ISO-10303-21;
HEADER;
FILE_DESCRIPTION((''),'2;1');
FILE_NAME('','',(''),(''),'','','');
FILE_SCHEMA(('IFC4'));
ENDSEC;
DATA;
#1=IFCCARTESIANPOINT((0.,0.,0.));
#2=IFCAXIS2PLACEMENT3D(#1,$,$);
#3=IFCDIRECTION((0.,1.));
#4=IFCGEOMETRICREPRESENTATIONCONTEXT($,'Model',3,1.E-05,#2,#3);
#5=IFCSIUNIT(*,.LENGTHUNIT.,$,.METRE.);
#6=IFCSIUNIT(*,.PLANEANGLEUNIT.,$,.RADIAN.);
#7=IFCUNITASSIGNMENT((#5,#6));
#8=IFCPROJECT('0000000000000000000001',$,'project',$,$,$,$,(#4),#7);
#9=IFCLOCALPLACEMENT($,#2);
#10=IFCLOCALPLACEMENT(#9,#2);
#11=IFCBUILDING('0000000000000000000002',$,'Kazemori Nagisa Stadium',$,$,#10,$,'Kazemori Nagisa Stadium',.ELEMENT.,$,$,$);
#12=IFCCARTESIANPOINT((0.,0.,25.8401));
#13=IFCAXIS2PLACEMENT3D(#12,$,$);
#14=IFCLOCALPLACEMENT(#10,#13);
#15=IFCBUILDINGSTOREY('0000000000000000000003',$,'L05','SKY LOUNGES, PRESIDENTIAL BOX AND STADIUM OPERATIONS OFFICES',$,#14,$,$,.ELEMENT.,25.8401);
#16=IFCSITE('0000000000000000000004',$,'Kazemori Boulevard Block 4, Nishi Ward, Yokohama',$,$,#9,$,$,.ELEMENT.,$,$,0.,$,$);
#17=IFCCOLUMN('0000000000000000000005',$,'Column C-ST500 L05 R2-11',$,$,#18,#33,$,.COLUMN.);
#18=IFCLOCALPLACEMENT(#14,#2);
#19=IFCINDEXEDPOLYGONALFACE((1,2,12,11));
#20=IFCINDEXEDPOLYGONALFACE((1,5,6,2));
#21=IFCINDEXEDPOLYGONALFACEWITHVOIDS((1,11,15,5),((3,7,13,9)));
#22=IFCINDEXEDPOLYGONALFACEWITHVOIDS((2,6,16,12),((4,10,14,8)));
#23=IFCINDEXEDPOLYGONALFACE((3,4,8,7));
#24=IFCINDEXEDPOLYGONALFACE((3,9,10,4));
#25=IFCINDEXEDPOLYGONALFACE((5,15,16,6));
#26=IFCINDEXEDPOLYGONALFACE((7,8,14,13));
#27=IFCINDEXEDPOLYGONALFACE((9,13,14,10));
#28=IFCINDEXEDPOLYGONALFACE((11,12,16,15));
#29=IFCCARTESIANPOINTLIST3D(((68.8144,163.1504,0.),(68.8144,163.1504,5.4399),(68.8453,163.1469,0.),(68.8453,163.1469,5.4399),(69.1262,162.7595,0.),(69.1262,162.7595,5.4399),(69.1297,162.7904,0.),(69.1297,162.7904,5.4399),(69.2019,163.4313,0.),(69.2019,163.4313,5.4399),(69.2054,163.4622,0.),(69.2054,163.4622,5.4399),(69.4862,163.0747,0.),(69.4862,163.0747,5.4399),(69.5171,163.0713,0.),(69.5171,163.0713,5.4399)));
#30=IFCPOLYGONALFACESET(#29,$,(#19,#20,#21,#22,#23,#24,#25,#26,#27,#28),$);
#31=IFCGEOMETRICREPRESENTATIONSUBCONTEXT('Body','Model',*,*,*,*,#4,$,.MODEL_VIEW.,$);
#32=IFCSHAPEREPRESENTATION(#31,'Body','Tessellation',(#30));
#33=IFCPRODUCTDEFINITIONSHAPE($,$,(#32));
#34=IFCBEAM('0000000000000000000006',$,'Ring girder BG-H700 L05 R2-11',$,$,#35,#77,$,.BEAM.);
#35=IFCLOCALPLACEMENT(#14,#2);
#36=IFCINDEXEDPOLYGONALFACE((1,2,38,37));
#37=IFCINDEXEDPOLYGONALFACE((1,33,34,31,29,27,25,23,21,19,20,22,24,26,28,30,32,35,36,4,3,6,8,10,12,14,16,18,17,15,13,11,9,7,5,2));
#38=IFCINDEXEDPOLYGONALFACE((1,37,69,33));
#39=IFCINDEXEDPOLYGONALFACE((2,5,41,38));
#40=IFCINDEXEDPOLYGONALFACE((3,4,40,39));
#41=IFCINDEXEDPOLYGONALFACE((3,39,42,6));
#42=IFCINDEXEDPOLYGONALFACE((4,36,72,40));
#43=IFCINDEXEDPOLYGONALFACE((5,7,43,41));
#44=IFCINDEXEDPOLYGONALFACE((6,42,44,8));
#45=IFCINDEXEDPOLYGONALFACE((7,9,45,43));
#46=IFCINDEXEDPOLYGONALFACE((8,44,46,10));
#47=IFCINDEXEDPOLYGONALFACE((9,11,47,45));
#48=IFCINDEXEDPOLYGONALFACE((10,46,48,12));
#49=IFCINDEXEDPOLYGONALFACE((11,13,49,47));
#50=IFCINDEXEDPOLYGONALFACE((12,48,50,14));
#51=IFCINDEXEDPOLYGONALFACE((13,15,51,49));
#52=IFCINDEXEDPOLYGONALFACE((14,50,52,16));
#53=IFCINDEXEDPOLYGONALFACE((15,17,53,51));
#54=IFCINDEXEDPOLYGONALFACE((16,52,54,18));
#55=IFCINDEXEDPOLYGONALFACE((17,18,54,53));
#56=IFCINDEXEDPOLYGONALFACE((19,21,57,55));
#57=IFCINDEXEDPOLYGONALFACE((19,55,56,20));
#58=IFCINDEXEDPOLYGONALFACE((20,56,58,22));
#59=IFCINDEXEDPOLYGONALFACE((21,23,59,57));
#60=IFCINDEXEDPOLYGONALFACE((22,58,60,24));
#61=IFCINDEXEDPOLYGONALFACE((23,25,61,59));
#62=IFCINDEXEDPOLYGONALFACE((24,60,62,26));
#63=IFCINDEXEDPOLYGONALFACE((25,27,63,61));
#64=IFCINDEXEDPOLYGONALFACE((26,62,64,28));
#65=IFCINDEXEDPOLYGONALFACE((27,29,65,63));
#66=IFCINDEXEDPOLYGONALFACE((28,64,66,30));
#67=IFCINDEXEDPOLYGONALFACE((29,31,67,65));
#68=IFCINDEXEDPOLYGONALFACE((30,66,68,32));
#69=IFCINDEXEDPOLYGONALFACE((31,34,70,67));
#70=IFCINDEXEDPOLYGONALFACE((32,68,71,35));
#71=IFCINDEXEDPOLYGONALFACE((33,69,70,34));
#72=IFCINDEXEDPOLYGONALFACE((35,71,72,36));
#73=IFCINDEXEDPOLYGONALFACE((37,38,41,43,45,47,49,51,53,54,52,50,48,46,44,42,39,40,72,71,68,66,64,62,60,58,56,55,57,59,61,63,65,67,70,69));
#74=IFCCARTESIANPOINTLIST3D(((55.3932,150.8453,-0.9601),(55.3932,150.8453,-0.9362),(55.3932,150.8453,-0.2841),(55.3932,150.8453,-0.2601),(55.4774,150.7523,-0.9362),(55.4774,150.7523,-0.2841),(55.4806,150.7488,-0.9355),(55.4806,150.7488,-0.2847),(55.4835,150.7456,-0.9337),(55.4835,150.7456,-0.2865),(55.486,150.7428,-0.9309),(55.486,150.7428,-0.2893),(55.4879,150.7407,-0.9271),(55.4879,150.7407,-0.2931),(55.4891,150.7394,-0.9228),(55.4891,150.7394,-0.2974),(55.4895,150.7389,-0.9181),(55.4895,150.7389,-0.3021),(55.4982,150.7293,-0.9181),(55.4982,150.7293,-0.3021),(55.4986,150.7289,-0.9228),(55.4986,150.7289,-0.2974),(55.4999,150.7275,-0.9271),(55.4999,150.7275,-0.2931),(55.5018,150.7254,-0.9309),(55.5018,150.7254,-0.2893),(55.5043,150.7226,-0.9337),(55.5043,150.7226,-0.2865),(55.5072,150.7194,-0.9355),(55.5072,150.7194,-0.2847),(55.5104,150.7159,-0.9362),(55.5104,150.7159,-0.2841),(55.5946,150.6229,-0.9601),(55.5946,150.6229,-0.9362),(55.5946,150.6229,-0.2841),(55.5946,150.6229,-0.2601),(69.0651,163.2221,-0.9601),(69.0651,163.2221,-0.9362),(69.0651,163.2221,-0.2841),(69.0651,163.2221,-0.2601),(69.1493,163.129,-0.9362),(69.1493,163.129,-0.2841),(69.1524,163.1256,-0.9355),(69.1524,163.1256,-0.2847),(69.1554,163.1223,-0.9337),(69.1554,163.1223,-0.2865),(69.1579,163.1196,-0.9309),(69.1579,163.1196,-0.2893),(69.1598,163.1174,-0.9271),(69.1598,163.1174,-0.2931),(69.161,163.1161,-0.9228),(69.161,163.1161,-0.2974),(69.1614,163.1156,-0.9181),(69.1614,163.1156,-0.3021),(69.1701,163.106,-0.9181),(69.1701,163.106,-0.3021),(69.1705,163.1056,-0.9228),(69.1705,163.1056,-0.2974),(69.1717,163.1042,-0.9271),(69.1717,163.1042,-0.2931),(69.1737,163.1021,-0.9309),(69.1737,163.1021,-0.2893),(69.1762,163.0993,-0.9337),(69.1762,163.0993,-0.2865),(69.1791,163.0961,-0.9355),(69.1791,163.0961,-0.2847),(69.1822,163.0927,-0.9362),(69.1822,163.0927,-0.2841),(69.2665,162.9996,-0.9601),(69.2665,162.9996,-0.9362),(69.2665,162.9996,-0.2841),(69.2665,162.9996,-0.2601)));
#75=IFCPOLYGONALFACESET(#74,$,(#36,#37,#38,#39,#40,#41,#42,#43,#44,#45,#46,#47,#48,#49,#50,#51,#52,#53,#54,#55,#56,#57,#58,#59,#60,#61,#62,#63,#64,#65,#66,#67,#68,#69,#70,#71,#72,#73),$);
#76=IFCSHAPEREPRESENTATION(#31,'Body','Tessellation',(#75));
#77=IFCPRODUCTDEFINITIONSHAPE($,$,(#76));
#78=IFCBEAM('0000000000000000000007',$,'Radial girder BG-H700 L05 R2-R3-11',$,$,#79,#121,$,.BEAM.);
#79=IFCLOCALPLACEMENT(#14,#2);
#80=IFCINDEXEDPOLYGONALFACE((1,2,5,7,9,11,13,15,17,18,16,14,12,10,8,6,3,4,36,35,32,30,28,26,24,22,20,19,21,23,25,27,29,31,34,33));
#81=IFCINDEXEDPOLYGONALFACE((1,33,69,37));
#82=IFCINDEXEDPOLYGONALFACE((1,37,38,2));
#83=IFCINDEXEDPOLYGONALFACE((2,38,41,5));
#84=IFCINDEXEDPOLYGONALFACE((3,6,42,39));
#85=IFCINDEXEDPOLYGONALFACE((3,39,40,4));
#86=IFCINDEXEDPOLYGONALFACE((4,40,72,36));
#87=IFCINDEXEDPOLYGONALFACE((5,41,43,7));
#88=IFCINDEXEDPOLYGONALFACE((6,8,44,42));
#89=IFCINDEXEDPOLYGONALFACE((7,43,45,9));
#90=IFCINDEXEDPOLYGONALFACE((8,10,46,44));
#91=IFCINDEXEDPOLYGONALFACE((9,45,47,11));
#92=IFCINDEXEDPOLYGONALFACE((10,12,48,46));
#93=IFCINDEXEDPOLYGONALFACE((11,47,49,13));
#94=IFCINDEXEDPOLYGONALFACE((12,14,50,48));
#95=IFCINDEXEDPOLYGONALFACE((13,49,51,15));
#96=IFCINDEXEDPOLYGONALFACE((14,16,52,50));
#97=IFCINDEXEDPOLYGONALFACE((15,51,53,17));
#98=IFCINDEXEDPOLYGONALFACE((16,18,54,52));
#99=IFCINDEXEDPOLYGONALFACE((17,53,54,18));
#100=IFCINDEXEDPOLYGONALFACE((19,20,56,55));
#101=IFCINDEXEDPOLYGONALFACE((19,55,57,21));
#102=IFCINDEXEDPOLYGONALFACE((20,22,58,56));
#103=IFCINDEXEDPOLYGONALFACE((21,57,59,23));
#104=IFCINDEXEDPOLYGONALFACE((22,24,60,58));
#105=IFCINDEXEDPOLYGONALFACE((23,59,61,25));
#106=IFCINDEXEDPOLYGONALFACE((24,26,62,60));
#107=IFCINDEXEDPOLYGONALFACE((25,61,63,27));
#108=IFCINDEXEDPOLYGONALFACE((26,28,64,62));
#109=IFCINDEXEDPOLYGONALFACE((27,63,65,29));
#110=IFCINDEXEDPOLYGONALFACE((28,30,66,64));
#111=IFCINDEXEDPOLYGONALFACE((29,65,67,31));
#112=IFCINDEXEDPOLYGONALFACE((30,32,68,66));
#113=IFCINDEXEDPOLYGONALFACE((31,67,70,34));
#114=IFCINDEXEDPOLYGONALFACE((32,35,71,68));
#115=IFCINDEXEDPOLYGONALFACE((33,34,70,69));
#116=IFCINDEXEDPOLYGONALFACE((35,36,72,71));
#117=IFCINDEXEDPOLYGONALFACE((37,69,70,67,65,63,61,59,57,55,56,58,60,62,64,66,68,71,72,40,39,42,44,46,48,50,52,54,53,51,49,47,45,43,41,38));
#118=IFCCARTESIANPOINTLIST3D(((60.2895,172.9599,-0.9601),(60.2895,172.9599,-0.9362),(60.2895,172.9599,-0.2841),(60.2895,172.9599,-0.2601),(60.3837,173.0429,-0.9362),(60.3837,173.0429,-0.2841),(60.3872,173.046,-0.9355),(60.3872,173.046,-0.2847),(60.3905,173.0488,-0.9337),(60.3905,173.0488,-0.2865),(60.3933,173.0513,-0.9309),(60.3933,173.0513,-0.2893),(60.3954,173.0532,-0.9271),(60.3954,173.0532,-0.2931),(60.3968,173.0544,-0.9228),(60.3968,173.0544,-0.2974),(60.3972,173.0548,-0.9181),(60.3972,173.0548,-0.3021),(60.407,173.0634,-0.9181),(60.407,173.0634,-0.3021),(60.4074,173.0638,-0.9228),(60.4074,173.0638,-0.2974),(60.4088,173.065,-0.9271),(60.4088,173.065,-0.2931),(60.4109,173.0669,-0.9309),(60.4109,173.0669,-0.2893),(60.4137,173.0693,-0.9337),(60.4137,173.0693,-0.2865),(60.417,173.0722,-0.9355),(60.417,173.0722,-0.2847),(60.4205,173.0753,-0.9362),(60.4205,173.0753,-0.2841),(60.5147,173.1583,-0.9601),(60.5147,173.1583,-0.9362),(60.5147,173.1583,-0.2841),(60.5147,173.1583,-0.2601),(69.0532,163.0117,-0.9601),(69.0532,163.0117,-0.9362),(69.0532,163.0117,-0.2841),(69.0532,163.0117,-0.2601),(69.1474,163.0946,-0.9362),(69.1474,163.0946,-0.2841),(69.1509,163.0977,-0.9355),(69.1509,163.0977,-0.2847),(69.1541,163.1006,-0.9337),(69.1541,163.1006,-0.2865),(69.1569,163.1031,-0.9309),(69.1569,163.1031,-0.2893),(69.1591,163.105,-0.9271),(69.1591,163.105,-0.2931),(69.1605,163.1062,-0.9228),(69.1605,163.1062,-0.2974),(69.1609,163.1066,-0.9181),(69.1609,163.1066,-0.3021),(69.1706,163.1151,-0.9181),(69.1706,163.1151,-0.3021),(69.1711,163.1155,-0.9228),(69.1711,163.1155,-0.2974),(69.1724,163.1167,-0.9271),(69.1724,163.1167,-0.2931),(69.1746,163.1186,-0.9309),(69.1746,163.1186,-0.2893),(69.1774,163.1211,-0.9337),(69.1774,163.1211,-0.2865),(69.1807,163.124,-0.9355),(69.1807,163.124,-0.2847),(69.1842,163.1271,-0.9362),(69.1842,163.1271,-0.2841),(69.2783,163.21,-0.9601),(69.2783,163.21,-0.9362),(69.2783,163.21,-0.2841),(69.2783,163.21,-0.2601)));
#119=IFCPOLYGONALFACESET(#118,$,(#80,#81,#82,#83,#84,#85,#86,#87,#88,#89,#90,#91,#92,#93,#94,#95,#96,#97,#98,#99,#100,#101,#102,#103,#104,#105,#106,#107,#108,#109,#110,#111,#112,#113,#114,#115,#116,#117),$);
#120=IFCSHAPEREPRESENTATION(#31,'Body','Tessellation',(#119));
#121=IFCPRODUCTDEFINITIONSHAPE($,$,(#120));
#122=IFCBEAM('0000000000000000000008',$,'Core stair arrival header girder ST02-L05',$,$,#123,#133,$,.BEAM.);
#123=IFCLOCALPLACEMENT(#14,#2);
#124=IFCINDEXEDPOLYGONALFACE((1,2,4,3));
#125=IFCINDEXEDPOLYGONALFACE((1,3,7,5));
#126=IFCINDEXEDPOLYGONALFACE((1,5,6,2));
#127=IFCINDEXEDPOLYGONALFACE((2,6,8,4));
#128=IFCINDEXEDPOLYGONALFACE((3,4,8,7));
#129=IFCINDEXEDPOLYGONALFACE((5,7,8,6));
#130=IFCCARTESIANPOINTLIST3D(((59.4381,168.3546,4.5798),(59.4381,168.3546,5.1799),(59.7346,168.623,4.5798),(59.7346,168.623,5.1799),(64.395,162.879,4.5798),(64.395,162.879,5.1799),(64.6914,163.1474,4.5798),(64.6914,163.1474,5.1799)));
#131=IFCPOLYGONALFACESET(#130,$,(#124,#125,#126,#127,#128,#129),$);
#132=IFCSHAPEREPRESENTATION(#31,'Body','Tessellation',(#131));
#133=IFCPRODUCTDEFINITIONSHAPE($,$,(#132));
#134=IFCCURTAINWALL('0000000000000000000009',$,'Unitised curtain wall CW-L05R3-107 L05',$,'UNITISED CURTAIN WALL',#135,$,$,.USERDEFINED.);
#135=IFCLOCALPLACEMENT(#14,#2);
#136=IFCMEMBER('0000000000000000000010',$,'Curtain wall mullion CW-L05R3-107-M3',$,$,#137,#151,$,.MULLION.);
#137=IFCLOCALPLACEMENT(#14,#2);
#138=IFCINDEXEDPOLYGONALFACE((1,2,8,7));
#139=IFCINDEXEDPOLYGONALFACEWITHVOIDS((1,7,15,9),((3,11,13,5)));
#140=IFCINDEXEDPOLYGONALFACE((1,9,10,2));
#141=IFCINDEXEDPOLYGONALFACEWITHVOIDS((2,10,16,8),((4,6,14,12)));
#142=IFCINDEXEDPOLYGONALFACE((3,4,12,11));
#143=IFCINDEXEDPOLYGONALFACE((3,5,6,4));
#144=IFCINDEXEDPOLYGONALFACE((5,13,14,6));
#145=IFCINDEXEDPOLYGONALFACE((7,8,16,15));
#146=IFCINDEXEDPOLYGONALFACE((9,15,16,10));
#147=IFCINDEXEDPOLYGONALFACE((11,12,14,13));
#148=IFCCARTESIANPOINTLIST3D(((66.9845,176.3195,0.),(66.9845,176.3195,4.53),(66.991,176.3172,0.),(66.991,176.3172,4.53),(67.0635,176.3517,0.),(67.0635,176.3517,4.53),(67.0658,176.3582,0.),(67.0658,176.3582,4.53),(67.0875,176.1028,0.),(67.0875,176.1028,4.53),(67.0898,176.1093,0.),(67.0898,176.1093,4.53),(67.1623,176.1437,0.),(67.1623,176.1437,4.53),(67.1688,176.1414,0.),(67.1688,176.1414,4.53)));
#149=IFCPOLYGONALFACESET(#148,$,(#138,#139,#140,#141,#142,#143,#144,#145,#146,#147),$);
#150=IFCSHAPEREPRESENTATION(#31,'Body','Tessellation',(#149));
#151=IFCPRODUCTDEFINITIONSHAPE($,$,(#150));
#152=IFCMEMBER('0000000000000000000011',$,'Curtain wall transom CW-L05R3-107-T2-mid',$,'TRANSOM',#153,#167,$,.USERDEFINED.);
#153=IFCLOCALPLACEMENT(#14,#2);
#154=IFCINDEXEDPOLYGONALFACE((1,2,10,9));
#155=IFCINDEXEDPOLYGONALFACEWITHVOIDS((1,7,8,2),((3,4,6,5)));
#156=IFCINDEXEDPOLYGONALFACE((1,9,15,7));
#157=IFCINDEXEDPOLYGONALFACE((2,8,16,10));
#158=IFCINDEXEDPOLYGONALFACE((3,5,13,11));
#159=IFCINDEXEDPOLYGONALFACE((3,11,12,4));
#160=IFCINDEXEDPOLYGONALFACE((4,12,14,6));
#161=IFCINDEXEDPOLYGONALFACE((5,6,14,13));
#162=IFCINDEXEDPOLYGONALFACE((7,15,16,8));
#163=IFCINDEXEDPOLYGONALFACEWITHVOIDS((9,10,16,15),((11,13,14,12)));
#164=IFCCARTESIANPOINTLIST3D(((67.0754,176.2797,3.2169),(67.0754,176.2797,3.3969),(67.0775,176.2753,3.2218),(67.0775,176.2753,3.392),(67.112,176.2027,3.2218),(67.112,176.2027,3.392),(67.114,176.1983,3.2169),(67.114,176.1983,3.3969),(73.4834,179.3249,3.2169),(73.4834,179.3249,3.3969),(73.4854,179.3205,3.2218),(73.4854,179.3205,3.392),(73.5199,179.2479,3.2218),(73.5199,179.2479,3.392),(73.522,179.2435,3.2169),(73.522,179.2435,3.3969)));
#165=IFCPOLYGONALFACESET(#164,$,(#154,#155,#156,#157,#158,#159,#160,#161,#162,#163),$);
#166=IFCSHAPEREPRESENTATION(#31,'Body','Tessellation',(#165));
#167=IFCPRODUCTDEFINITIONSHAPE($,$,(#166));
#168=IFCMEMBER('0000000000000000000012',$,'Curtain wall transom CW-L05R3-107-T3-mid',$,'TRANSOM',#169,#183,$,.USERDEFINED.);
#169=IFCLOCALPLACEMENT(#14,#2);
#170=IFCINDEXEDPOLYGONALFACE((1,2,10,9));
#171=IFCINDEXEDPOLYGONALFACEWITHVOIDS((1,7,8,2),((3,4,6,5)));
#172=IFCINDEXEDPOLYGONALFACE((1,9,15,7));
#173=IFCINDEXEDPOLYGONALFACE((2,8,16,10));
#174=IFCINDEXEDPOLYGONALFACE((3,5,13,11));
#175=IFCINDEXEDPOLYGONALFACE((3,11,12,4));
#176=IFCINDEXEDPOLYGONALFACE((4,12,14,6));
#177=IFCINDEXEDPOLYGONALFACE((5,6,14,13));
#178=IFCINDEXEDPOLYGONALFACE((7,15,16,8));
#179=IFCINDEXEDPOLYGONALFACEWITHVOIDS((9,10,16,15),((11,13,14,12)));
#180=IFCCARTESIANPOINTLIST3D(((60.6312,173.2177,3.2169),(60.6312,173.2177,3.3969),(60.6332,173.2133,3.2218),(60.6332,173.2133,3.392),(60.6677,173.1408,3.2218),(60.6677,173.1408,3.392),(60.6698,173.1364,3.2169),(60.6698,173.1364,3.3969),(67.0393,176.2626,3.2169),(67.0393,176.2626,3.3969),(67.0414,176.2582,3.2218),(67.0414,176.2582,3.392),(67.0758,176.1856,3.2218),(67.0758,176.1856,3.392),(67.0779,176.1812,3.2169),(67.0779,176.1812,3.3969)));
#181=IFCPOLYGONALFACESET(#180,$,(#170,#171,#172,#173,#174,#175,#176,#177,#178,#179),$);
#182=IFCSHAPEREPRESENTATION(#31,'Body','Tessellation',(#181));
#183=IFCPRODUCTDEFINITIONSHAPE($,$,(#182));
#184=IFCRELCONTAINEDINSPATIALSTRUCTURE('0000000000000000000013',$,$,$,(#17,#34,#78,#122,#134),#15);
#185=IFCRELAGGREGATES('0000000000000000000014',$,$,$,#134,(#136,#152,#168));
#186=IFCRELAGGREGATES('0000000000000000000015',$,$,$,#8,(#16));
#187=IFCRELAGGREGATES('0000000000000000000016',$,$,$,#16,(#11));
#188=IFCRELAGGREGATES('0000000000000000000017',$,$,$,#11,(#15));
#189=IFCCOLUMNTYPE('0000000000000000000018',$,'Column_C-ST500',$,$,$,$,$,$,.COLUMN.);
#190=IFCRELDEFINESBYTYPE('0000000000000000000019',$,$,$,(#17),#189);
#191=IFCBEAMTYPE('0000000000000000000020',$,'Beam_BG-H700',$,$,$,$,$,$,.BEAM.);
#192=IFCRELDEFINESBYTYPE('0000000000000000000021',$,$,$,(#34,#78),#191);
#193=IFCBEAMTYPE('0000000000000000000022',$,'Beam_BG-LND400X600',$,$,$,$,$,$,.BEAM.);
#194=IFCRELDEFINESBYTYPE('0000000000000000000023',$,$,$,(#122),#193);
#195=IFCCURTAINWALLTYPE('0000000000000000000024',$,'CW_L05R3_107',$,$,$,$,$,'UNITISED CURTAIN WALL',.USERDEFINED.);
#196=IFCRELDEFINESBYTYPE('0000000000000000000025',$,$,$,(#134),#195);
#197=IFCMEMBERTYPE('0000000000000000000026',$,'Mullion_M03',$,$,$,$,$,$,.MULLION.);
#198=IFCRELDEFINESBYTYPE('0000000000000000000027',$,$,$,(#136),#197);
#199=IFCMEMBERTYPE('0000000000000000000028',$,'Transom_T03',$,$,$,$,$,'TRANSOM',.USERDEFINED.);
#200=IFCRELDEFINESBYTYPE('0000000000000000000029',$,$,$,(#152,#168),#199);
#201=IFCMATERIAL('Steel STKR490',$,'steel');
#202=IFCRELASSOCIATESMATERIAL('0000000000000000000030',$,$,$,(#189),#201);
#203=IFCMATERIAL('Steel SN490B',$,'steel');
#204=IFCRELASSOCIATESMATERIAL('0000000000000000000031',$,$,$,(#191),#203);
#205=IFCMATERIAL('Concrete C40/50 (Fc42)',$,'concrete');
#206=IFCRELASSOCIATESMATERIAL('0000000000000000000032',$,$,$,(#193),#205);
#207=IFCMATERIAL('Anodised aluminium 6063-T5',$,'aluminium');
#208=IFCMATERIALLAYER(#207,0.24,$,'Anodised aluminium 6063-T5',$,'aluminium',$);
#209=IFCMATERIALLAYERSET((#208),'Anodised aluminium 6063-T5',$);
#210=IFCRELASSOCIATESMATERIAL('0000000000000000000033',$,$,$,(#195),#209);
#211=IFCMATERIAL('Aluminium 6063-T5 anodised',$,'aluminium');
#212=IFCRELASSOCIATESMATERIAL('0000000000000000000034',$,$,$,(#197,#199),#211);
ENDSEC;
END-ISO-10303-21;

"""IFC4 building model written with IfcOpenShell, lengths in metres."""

from ifc_helpers import new_model, si_unit, direction, frame, origin, origin_2d, place, context, subcontext, project, spatial, rectangle, hollow_rectangle, i_section, extrude, material, layer, layer_set, material_profile, profile_set, type_object, element, aggregate, save


model = new_model("IFC4")

# Units and contexts
model_context = context("Model", 3, precision=1e-05, world=origin(), true_north=direction((0.0, 1.0)))
body_context = subcontext(model_context, "Body", "Model", "MODEL_VIEW")
ifc_project = project(units=[si_unit("LENGTHUNIT", "METRE"), si_unit("PLANEANGLEUNIT", "RADIAN")], contexts=[model_context])

# Site, building, storey
site_placement = place(None, origin())
site = spatial("IfcSite", under=ifc_project, at=site_placement, Name="Kazemori Boulevard Block 4, Nishi Ward, Yokohama", CompositionType="ELEMENT", RefElevation=0.0)
building_placement = place(site_placement, origin())
building = spatial("IfcBuilding", under=site, at=building_placement, Name="Kazemori Nagisa Stadium", LongName="Kazemori Nagisa Stadium", CompositionType="ELEMENT")
storey_placement = place(building_placement, frame((0.0, 0.0, 25.8401)))
storey = spatial("IfcBuildingStorey", under=building, at=storey_placement, Name="L05", Description="SKY LOUNGES, PRESIDENTIAL BOX AND STADIUM OPERATIONS OFFICES", CompositionType="ELEMENT", Elevation=25.8401)

# Column
ifc_material_1 = material(Name="Steel STKR490", Category="steel")
ifc_material_profile_1 = material_profile(ifc_material_1, hollow_rectangle(XDim=0.5, YDim=0.5, WallThickness=0.022, at=origin_2d()), Name="SHS-500x500x22")
ifc_profile_set_1 = profile_set([ifc_material_profile_1], Name="Steel STKR490")
column_type = type_object("IfcColumnType", Name="Column_C-ST500", PredefinedType="COLUMN", material=ifc_profile_set_1)
column_placement = place(storey_placement, frame((69.1658, 163.1108, 0.0), z_axis=(0.0, 0.0, 1.0), x_axis=(-0.62349, 0.781831, 0.0)))
element("IfcColumn", 1, at=column_placement, inside=storey, type_object=column_type, Name="Column C-ST500 L05 R2-11", PredefinedType="COLUMN", context=body_context, shape_type="SweptSolid", body=[
    extrude(hollow_rectangle(XDim=0.5, YDim=0.5, WallThickness=0.022, at=origin_2d()), origin(), (0.0, 0.0, 1.0), 5.4399),
])

# Beams
ifc_material_2 = material(Name="Steel SN490B", Category="steel")
ifc_material_profile_2 = material_profile(ifc_material_2, i_section(OverallWidth=0.3, OverallDepth=0.7, WebThickness=0.0129, FlangeThickness=0.0239, FilletRadius=0.0181, at=origin_2d()), Name="H-700x300x13x24")
ifc_profile_set_2 = profile_set([ifc_material_profile_2], Name="Steel SN490B")
beam_type_1 = type_object("IfcBeamType", Name="Beam_BG-H700", PredefinedType="BEAM", material=ifc_profile_set_2)
beam_1_placement = place(storey_placement, frame((69.1658, 163.1108, -0.6101), z_axis=(-0.741349, -0.67112, 0.0), x_axis=(0.67112, -0.741349, 0.0)))
element("IfcBeam", 2, at=beam_1_placement, inside=storey, type_object=beam_type_1, Name="Ring girder BG-H700 L05 R2-11", PredefinedType="BEAM", context=body_context, shape_type="SweptSolid", body=[
    extrude(i_section(OverallWidth=0.3, OverallDepth=0.7, WebThickness=0.0129, FlangeThickness=0.0239, FilletRadius=0.0181, at=origin_2d()), origin(), (0.0, 0.0, 1.0), 18.4419),
])
beam_2_placement = place(storey_placement, frame((69.1658, 163.1108, -0.6101), z_axis=(-0.66102, 0.750369, 0.0), x_axis=(-0.750369, -0.66102, 0.0)))
element("IfcBeam", 3, at=beam_2_placement, inside=storey, type_object=beam_type_1, Name="Radial girder BG-H700 L05 R2-R3-11", PredefinedType="BEAM", context=body_context, shape_type="SweptSolid", body=[
    extrude(i_section(OverallWidth=0.3, OverallDepth=0.7, WebThickness=0.0129, FlangeThickness=0.0239, FilletRadius=0.0181, at=origin_2d()), origin(), (0.0, 0.0, 1.0), 13.2578),
])
ifc_material_3 = material(Name="Concrete C40/50 (Fc42)", Category="concrete")
ifc_material_profile_3 = material_profile(ifc_material_3, rectangle(XDim=0.3999, YDim=0.6001, at=origin_2d()), Name="RC-BM-400x600")
ifc_profile_set_3 = profile_set([ifc_material_profile_3], Name="Concrete C40/50 (Fc42)")
beam_type_2 = type_object("IfcBeamType", Name="Beam_BG-LND400X600", PredefinedType="BEAM", material=ifc_profile_set_3)
beam_3_placement = place(storey_placement, frame((64.5432, 163.0132, 4.8799), z_axis=(-0.671113, 0.741355, 0.0), x_axis=(-0.741355, -0.671113, 0.0)))
element("IfcBeam", 4, at=beam_3_placement, inside=storey, type_object=beam_type_2, Name="Core stair arrival header girder ST02-L05", PredefinedType="BEAM", context=body_context, shape_type="SweptSolid", body=[
    extrude(rectangle(XDim=0.3999, YDim=0.6001, at=origin_2d()), origin(), (0.0, 0.0, 1.0), 7.386),
])

# Curtain wall, members
ifc_material_4 = material(Name="Anodised aluminium 6063-T5", Category="aluminium")
ifc_layer_1 = layer(ifc_material_4, 0.24, Name="Anodised aluminium 6063-T5", Category="aluminium")
ifc_layer_set_1 = layer_set([ifc_layer_1], Name="Anodised aluminium 6063-T5")
curtain_wall_type = type_object("IfcCurtainWallType", Name="CW_L05R3_107", ElementType="UNITISED CURTAIN WALL", PredefinedType="USERDEFINED", material=ifc_layer_set_1)
curtain_wall_placement = place(storey_placement, origin())
curtain_wall = element("IfcCurtainWall", 5, at=curtain_wall_placement, inside=storey, type_object=curtain_wall_type, Name="Unitised curtain wall CW-L05R3-107 L05", ObjectType="UNITISED CURTAIN WALL", PredefinedType="USERDEFINED")
ifc_material_5 = material(Name="Aluminium 6063-T5 anodised", Category="aluminium")
ifc_material_profile_4 = material_profile(ifc_material_5, hollow_rectangle(XDim=0.0901, YDim=0.24, WallThickness=0.0049, at=origin_2d()), Name="ALU-MULL-90x240x5")
ifc_profile_set_4 = profile_set([ifc_material_profile_4], Name="Aluminium 6063-T5 anodised")
member_type_1 = type_object("IfcMemberType", Name="Mullion_M03", PredefinedType="MULLION", material=ifc_profile_set_4)
member_1_placement = place(storey_placement, frame((67.0767, 176.2305, 0.0), z_axis=(0.0, 0.0, 1.0), x_axis=(-0.903216, -0.429186, 0.0)))
member_1 = element("IfcMember", 6, at=member_1_placement, type_object=member_type_1, Name="Curtain wall mullion CW-L05R3-107-M3", PredefinedType="MULLION", context=body_context, shape_type="SweptSolid", body=[
    extrude(hollow_rectangle(XDim=0.0901, YDim=0.24, WallThickness=0.0049, at=origin_2d()), origin(), (0.0, 0.0, 1.0), 4.53),
])
ifc_material_profile_5 = material_profile(ifc_material_5, hollow_rectangle(XDim=0.0901, YDim=0.1799, WallThickness=0.0049, at=origin_2d()), Name="ALU-TRAN-90x180x5")
ifc_profile_set_5 = profile_set([ifc_material_profile_5], Name="Aluminium 6063-T5 anodised")
member_type_2 = type_object("IfcMemberType", Name="Transom_T03", ElementType="TRANSOM", PredefinedType="USERDEFINED", material=ifc_profile_set_5)
member_2_placement = place(storey_placement, frame((73.5027, 179.2842, 3.3069), z_axis=(-0.903202, -0.429216, 0.0), x_axis=(0.429216, -0.903202, 0.0)))
member_2 = element("IfcMember", 7, at=member_2_placement, type_object=member_type_2, Name="Curtain wall transom CW-L05R3-107-T2-mid", ObjectType="TRANSOM", PredefinedType="USERDEFINED", context=body_context, shape_type="SweptSolid", body=[
    extrude(hollow_rectangle(XDim=0.0901, YDim=0.1799, WallThickness=0.0049, at=origin_2d()), origin(), (0.0, 0.0, 1.0), 7.0947),
])
member_3_placement = place(storey_placement, frame((67.0586, 176.2219, 3.3069), z_axis=(-0.903221, -0.429175, 0.0), x_axis=(0.429175, -0.903221, 0.0)))
member_3 = element("IfcMember", 8, at=member_3_placement, type_object=member_type_2, Name="Curtain wall transom CW-L05R3-107-T3-mid", ObjectType="TRANSOM", PredefinedType="USERDEFINED", context=body_context, shape_type="SweptSolid", body=[
    extrude(hollow_rectangle(XDim=0.0901, YDim=0.1799, WallThickness=0.0049, at=origin_2d()), origin(), (0.0, 0.0, 1.0), 7.0947),
])
aggregate(curtain_wall, [member_1, member_2, member_3])

save(model, "model.ifc")
